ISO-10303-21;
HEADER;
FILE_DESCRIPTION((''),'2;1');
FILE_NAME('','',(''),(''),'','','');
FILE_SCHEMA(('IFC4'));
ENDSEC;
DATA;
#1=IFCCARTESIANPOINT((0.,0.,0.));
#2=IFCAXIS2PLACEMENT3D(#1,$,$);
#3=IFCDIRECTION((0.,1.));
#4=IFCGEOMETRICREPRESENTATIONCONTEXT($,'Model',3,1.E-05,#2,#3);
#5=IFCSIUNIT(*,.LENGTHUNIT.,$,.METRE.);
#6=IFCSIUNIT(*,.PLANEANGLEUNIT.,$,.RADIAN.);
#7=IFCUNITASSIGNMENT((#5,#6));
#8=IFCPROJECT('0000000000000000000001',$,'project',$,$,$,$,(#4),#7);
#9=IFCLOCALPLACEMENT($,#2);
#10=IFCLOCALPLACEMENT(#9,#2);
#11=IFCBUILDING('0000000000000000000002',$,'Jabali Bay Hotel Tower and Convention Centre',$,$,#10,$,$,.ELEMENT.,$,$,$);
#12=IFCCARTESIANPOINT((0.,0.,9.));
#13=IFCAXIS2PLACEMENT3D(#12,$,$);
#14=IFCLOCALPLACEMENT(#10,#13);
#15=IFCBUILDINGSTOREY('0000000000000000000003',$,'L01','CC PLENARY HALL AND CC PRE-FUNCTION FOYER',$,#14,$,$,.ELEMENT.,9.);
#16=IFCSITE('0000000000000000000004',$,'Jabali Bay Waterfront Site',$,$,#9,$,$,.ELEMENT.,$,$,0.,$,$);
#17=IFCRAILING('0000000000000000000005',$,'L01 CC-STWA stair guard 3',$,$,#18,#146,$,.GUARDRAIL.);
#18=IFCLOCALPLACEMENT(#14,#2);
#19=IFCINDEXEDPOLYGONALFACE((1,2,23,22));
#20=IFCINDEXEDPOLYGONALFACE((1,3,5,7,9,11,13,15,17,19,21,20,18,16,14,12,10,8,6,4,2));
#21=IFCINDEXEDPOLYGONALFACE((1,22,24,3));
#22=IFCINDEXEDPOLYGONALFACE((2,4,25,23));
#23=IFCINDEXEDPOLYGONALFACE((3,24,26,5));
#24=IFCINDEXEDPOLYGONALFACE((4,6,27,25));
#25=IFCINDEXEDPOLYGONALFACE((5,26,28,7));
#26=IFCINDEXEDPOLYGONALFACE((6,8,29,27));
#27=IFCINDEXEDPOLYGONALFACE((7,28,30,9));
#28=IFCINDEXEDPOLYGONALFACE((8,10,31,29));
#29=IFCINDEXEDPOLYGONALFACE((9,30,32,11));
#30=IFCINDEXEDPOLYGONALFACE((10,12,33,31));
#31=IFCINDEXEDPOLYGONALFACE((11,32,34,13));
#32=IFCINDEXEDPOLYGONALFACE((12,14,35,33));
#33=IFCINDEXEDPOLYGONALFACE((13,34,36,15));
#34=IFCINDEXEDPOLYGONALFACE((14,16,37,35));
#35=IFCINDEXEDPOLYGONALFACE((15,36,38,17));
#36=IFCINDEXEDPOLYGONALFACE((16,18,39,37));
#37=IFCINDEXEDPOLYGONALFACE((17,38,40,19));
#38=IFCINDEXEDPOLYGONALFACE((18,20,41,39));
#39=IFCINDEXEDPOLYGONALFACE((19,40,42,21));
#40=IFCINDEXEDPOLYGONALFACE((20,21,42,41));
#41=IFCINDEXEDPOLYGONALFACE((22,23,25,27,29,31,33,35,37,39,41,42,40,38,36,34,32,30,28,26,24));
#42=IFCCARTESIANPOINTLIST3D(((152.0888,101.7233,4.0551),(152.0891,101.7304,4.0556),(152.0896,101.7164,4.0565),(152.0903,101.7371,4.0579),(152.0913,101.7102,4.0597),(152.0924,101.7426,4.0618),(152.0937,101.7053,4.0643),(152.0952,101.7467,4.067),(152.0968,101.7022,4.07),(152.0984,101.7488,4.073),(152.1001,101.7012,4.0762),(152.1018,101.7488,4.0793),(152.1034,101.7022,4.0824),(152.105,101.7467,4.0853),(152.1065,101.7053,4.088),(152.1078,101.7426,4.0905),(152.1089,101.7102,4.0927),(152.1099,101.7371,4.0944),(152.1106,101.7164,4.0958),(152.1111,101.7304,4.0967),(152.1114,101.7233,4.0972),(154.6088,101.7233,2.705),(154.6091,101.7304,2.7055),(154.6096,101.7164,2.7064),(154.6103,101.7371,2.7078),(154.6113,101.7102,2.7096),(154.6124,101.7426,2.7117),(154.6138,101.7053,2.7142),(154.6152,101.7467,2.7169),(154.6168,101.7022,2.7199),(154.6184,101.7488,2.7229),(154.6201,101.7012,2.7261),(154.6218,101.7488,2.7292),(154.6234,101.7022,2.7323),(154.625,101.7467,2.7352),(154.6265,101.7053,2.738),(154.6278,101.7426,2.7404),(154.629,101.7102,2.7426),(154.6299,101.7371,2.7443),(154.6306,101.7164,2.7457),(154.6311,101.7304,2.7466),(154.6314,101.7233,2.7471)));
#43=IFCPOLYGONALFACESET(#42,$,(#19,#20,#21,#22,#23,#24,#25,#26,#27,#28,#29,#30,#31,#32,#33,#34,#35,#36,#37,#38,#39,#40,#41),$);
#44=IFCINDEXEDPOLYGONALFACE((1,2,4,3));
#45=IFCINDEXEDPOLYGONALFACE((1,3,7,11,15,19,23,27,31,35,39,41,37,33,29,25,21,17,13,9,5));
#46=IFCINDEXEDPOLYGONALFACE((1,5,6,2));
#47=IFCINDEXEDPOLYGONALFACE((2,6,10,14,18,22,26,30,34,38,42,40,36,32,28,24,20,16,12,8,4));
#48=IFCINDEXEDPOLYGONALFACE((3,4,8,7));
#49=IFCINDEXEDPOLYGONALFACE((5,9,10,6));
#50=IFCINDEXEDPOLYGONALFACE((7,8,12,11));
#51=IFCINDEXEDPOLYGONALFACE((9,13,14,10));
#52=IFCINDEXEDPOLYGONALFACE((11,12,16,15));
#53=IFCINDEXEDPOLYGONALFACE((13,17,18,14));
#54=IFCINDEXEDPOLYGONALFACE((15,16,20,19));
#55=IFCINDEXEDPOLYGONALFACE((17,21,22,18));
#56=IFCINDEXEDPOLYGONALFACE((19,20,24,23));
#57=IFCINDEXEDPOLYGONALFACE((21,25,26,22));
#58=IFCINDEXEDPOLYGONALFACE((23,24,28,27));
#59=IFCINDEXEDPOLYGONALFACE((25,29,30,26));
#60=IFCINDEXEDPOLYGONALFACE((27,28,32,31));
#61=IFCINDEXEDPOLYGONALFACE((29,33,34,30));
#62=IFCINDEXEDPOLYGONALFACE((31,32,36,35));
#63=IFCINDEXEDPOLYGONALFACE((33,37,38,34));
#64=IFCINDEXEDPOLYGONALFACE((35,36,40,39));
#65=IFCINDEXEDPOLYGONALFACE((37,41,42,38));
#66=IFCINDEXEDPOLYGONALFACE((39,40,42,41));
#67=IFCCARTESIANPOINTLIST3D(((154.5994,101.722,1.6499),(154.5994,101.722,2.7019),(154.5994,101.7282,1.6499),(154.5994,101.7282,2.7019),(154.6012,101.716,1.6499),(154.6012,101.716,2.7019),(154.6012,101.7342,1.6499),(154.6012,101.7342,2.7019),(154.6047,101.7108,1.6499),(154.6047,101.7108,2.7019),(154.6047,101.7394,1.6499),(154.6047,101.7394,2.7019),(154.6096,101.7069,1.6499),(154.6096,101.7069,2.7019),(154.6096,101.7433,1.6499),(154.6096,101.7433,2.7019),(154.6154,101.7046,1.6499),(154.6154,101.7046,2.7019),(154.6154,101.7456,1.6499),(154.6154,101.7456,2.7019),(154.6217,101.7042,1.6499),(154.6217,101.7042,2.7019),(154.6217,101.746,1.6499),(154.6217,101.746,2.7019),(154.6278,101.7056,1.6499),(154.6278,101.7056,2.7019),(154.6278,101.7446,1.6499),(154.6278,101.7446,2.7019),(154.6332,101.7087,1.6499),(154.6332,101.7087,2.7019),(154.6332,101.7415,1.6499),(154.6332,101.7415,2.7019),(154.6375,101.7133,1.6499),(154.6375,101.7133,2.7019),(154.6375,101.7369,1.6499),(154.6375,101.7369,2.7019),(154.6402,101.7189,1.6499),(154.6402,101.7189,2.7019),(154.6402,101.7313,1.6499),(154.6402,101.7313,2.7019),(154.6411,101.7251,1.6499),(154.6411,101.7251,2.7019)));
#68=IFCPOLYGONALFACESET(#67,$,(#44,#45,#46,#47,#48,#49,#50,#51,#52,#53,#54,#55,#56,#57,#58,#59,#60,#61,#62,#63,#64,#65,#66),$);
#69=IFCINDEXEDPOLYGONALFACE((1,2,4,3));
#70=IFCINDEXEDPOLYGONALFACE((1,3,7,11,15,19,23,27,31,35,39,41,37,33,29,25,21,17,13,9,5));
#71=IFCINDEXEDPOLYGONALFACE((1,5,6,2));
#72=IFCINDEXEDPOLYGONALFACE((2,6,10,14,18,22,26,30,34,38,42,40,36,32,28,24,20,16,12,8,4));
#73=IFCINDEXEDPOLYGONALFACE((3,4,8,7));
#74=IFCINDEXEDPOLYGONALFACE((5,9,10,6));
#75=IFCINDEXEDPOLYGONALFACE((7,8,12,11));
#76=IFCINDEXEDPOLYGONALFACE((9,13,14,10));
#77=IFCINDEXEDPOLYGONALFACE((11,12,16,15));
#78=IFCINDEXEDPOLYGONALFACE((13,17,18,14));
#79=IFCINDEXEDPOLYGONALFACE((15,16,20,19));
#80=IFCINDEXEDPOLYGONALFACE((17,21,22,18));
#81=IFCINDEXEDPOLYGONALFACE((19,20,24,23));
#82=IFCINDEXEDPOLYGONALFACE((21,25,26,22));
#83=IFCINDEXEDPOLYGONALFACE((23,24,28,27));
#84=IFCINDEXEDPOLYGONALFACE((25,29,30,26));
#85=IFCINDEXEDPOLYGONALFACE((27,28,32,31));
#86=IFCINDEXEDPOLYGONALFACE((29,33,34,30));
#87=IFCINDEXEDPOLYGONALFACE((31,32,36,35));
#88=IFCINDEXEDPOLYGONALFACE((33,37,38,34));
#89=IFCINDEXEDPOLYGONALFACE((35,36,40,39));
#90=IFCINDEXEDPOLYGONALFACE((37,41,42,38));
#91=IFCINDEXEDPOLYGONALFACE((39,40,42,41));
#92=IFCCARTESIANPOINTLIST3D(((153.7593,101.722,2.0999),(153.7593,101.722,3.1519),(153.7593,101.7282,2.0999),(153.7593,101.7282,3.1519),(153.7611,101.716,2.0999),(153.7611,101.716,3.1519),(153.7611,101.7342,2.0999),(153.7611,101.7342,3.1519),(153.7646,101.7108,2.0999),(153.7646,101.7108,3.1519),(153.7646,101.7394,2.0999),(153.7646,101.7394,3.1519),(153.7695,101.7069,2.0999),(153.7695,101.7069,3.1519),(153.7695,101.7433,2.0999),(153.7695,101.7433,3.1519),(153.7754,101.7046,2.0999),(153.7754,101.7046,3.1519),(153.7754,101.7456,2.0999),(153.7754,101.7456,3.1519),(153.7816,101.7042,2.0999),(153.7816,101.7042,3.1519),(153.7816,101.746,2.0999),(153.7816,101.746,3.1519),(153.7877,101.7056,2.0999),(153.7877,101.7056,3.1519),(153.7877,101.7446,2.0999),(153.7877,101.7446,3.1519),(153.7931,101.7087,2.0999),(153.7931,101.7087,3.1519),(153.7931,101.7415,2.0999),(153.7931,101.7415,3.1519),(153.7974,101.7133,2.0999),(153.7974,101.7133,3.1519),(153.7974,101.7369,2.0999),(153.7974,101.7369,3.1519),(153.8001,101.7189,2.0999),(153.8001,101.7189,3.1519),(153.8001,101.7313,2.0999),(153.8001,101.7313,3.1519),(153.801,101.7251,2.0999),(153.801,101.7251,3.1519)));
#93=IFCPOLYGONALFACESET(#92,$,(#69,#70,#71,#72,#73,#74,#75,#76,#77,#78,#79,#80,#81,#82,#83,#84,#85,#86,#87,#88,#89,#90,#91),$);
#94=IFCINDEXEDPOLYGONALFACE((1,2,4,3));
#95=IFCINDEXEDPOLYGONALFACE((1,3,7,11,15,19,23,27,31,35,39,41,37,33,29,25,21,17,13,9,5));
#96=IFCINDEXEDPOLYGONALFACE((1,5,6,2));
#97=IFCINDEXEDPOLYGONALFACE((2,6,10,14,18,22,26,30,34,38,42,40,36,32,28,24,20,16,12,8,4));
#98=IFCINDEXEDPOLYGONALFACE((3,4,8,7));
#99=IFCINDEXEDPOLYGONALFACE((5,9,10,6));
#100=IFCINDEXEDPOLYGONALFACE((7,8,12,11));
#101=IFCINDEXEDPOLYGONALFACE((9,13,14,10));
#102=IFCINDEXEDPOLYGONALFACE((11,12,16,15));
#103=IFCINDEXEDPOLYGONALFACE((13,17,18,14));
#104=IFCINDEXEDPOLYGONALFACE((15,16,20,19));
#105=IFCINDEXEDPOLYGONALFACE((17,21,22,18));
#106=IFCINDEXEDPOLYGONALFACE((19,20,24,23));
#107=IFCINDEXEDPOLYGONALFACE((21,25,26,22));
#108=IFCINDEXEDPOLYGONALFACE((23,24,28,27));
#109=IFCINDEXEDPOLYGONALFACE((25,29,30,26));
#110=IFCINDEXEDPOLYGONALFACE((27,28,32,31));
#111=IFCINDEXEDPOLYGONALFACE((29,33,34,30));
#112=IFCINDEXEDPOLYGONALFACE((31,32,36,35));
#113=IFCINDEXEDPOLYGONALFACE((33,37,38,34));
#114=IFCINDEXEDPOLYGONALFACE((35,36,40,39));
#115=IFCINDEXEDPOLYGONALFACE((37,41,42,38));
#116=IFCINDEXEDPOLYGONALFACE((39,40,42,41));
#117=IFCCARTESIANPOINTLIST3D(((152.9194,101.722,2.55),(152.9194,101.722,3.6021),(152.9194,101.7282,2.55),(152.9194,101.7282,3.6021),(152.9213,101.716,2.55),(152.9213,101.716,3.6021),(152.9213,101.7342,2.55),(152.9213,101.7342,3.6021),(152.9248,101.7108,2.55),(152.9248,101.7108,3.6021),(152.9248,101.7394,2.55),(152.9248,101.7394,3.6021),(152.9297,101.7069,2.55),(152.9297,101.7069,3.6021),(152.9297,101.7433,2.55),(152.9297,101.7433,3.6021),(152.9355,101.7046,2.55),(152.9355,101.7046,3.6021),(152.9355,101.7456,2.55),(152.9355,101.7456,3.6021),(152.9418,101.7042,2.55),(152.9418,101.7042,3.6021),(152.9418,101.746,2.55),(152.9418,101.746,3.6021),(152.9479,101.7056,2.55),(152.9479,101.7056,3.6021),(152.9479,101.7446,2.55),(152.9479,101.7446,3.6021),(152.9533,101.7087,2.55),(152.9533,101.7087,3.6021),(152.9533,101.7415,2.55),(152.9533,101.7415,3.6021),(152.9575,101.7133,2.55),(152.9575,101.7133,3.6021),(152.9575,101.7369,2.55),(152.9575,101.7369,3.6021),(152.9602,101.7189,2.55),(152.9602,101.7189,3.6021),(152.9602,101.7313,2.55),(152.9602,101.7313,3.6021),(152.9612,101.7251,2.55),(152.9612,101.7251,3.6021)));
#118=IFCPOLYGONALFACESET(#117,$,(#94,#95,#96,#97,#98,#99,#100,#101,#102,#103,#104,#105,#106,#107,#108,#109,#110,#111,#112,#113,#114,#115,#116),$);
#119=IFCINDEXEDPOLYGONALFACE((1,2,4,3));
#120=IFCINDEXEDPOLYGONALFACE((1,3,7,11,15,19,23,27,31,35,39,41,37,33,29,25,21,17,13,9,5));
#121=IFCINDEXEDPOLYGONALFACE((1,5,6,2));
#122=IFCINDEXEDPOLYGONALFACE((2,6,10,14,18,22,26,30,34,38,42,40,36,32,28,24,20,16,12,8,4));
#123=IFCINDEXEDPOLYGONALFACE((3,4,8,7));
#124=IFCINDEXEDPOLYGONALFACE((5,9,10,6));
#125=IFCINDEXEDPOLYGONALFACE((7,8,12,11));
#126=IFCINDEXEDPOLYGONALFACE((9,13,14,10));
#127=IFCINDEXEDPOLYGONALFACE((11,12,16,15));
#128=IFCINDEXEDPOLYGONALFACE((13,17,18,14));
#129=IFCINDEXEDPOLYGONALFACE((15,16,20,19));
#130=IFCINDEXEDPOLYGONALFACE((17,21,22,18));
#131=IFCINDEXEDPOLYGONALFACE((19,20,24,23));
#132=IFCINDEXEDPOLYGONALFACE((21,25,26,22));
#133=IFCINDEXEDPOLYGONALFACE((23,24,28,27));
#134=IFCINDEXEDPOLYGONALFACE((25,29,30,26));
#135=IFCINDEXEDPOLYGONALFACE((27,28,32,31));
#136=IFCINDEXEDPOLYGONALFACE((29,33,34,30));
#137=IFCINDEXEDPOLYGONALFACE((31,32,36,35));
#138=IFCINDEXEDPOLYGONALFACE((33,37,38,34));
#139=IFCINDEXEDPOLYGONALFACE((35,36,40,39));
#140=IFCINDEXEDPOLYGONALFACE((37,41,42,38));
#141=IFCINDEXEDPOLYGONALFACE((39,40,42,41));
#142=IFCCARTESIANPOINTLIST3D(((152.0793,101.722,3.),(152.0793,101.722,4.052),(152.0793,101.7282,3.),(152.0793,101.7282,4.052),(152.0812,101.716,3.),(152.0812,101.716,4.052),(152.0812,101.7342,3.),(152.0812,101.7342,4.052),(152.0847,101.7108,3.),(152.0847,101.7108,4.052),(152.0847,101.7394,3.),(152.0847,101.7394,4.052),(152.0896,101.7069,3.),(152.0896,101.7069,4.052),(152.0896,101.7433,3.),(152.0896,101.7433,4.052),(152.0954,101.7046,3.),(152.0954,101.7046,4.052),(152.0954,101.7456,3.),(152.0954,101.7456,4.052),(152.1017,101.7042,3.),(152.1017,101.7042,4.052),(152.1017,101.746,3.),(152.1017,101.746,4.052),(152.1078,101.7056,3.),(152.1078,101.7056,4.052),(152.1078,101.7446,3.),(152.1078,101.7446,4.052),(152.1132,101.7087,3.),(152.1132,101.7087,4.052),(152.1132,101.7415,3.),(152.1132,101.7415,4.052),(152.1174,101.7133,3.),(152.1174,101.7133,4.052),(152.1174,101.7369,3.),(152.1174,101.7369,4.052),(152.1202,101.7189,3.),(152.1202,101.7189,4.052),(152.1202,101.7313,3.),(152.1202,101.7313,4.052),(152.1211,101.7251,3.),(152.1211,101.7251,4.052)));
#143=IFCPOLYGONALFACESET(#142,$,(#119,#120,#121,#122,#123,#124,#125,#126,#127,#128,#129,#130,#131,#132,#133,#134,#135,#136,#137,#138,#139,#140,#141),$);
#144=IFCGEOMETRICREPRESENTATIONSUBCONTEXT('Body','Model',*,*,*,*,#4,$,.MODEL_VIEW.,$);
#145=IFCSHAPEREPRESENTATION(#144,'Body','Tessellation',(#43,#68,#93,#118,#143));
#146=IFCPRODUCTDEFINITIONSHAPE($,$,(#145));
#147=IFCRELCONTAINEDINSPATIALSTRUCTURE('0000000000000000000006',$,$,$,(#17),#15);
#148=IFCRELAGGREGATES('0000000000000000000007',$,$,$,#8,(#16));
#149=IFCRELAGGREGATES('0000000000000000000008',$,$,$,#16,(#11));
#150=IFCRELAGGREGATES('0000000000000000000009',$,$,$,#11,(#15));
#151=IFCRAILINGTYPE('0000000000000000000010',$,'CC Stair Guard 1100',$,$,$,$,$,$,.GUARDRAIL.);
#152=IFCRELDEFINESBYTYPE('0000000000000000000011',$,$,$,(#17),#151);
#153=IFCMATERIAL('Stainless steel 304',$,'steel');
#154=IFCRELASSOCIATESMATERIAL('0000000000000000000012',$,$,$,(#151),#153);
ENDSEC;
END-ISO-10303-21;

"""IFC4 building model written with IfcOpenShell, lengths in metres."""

from ifc_helpers import new_model, si_unit, direction, frame, origin, origin_2d, place, context, subcontext, project, spatial, circle, extrude, material, type_object, element, save


model = new_model("IFC4")

# Units and contexts
model_context = context("Model", 3, precision=1e-05, world=origin(), true_north=direction((0.0, 1.0)))
body_context = subcontext(model_context, "Body", "Model", "MODEL_VIEW")
ifc_project = project(units=[si_unit("LENGTHUNIT", "METRE"), si_unit("PLANEANGLEUNIT", "RADIAN")], contexts=[model_context])

# Site, building, storey
site_placement = place(None, origin())
site = spatial("IfcSite", under=ifc_project, at=site_placement, Name="Jabali Bay Waterfront Site", CompositionType="ELEMENT", RefElevation=0.0)
building_placement = place(site_placement, origin())
building = spatial("IfcBuilding", under=site, at=building_placement, Name="Jabali Bay Hotel Tower and Convention Centre", CompositionType="ELEMENT")
storey_placement = place(building_placement, frame((0.0, 0.0, 9.0)))
storey = spatial("IfcBuildingStorey", under=building, at=storey_placement, Name="L01", Description="CC PLENARY HALL AND CC PRE-FUNCTION FOYER", CompositionType="ELEMENT", Elevation=9.0)

# Railing
ifc_material_1 = material(Name="Stainless steel 304", Category="steel")
railing_type_1 = type_object("IfcRailingType", Name="CC Stair Guard 1100", PredefinedType="GUARDRAIL", material=ifc_material_1)
railing_1_placement = place(storey_placement, frame((154.6201, 101.7251, 1.6499)))
element("IfcRailing", 1, at=railing_1_placement, inside=storey, type_object=railing_type_1, Name="L01 CC-STWA stair guard 3", PredefinedType="GUARDRAIL", context=body_context, shape_type="SweptSolid", body=[
    extrude(circle(Radius=0.0239, at=origin_2d()), frame((0.0, 0.0, 1.0762), z_axis=(-0.881467, 0.0, 0.472245), x_axis=(0.0, -1.0, 0.0)), (0.0, 0.0, 1.0), 2.8589),
    extrude(circle(Radius=0.021, at=origin_2d()), origin(), (0.0, 0.0, 1.0), 1.052),
    extrude(circle(Radius=0.021, at=origin_2d()), frame((-0.8401, 0.0, 0.45)), (0.0, 0.0, 1.0), 1.052),
    extrude(circle(Radius=0.021, at=origin_2d()), frame((-1.6799, 0.0, 0.9001)), (0.0, 0.0, 1.0), 1.052),
    extrude(circle(Radius=0.021, at=origin_2d()), frame((-2.52, 0.0, 1.3501)), (0.0, 0.0, 1.0), 1.052),
])

save(model, "model.ifc")
